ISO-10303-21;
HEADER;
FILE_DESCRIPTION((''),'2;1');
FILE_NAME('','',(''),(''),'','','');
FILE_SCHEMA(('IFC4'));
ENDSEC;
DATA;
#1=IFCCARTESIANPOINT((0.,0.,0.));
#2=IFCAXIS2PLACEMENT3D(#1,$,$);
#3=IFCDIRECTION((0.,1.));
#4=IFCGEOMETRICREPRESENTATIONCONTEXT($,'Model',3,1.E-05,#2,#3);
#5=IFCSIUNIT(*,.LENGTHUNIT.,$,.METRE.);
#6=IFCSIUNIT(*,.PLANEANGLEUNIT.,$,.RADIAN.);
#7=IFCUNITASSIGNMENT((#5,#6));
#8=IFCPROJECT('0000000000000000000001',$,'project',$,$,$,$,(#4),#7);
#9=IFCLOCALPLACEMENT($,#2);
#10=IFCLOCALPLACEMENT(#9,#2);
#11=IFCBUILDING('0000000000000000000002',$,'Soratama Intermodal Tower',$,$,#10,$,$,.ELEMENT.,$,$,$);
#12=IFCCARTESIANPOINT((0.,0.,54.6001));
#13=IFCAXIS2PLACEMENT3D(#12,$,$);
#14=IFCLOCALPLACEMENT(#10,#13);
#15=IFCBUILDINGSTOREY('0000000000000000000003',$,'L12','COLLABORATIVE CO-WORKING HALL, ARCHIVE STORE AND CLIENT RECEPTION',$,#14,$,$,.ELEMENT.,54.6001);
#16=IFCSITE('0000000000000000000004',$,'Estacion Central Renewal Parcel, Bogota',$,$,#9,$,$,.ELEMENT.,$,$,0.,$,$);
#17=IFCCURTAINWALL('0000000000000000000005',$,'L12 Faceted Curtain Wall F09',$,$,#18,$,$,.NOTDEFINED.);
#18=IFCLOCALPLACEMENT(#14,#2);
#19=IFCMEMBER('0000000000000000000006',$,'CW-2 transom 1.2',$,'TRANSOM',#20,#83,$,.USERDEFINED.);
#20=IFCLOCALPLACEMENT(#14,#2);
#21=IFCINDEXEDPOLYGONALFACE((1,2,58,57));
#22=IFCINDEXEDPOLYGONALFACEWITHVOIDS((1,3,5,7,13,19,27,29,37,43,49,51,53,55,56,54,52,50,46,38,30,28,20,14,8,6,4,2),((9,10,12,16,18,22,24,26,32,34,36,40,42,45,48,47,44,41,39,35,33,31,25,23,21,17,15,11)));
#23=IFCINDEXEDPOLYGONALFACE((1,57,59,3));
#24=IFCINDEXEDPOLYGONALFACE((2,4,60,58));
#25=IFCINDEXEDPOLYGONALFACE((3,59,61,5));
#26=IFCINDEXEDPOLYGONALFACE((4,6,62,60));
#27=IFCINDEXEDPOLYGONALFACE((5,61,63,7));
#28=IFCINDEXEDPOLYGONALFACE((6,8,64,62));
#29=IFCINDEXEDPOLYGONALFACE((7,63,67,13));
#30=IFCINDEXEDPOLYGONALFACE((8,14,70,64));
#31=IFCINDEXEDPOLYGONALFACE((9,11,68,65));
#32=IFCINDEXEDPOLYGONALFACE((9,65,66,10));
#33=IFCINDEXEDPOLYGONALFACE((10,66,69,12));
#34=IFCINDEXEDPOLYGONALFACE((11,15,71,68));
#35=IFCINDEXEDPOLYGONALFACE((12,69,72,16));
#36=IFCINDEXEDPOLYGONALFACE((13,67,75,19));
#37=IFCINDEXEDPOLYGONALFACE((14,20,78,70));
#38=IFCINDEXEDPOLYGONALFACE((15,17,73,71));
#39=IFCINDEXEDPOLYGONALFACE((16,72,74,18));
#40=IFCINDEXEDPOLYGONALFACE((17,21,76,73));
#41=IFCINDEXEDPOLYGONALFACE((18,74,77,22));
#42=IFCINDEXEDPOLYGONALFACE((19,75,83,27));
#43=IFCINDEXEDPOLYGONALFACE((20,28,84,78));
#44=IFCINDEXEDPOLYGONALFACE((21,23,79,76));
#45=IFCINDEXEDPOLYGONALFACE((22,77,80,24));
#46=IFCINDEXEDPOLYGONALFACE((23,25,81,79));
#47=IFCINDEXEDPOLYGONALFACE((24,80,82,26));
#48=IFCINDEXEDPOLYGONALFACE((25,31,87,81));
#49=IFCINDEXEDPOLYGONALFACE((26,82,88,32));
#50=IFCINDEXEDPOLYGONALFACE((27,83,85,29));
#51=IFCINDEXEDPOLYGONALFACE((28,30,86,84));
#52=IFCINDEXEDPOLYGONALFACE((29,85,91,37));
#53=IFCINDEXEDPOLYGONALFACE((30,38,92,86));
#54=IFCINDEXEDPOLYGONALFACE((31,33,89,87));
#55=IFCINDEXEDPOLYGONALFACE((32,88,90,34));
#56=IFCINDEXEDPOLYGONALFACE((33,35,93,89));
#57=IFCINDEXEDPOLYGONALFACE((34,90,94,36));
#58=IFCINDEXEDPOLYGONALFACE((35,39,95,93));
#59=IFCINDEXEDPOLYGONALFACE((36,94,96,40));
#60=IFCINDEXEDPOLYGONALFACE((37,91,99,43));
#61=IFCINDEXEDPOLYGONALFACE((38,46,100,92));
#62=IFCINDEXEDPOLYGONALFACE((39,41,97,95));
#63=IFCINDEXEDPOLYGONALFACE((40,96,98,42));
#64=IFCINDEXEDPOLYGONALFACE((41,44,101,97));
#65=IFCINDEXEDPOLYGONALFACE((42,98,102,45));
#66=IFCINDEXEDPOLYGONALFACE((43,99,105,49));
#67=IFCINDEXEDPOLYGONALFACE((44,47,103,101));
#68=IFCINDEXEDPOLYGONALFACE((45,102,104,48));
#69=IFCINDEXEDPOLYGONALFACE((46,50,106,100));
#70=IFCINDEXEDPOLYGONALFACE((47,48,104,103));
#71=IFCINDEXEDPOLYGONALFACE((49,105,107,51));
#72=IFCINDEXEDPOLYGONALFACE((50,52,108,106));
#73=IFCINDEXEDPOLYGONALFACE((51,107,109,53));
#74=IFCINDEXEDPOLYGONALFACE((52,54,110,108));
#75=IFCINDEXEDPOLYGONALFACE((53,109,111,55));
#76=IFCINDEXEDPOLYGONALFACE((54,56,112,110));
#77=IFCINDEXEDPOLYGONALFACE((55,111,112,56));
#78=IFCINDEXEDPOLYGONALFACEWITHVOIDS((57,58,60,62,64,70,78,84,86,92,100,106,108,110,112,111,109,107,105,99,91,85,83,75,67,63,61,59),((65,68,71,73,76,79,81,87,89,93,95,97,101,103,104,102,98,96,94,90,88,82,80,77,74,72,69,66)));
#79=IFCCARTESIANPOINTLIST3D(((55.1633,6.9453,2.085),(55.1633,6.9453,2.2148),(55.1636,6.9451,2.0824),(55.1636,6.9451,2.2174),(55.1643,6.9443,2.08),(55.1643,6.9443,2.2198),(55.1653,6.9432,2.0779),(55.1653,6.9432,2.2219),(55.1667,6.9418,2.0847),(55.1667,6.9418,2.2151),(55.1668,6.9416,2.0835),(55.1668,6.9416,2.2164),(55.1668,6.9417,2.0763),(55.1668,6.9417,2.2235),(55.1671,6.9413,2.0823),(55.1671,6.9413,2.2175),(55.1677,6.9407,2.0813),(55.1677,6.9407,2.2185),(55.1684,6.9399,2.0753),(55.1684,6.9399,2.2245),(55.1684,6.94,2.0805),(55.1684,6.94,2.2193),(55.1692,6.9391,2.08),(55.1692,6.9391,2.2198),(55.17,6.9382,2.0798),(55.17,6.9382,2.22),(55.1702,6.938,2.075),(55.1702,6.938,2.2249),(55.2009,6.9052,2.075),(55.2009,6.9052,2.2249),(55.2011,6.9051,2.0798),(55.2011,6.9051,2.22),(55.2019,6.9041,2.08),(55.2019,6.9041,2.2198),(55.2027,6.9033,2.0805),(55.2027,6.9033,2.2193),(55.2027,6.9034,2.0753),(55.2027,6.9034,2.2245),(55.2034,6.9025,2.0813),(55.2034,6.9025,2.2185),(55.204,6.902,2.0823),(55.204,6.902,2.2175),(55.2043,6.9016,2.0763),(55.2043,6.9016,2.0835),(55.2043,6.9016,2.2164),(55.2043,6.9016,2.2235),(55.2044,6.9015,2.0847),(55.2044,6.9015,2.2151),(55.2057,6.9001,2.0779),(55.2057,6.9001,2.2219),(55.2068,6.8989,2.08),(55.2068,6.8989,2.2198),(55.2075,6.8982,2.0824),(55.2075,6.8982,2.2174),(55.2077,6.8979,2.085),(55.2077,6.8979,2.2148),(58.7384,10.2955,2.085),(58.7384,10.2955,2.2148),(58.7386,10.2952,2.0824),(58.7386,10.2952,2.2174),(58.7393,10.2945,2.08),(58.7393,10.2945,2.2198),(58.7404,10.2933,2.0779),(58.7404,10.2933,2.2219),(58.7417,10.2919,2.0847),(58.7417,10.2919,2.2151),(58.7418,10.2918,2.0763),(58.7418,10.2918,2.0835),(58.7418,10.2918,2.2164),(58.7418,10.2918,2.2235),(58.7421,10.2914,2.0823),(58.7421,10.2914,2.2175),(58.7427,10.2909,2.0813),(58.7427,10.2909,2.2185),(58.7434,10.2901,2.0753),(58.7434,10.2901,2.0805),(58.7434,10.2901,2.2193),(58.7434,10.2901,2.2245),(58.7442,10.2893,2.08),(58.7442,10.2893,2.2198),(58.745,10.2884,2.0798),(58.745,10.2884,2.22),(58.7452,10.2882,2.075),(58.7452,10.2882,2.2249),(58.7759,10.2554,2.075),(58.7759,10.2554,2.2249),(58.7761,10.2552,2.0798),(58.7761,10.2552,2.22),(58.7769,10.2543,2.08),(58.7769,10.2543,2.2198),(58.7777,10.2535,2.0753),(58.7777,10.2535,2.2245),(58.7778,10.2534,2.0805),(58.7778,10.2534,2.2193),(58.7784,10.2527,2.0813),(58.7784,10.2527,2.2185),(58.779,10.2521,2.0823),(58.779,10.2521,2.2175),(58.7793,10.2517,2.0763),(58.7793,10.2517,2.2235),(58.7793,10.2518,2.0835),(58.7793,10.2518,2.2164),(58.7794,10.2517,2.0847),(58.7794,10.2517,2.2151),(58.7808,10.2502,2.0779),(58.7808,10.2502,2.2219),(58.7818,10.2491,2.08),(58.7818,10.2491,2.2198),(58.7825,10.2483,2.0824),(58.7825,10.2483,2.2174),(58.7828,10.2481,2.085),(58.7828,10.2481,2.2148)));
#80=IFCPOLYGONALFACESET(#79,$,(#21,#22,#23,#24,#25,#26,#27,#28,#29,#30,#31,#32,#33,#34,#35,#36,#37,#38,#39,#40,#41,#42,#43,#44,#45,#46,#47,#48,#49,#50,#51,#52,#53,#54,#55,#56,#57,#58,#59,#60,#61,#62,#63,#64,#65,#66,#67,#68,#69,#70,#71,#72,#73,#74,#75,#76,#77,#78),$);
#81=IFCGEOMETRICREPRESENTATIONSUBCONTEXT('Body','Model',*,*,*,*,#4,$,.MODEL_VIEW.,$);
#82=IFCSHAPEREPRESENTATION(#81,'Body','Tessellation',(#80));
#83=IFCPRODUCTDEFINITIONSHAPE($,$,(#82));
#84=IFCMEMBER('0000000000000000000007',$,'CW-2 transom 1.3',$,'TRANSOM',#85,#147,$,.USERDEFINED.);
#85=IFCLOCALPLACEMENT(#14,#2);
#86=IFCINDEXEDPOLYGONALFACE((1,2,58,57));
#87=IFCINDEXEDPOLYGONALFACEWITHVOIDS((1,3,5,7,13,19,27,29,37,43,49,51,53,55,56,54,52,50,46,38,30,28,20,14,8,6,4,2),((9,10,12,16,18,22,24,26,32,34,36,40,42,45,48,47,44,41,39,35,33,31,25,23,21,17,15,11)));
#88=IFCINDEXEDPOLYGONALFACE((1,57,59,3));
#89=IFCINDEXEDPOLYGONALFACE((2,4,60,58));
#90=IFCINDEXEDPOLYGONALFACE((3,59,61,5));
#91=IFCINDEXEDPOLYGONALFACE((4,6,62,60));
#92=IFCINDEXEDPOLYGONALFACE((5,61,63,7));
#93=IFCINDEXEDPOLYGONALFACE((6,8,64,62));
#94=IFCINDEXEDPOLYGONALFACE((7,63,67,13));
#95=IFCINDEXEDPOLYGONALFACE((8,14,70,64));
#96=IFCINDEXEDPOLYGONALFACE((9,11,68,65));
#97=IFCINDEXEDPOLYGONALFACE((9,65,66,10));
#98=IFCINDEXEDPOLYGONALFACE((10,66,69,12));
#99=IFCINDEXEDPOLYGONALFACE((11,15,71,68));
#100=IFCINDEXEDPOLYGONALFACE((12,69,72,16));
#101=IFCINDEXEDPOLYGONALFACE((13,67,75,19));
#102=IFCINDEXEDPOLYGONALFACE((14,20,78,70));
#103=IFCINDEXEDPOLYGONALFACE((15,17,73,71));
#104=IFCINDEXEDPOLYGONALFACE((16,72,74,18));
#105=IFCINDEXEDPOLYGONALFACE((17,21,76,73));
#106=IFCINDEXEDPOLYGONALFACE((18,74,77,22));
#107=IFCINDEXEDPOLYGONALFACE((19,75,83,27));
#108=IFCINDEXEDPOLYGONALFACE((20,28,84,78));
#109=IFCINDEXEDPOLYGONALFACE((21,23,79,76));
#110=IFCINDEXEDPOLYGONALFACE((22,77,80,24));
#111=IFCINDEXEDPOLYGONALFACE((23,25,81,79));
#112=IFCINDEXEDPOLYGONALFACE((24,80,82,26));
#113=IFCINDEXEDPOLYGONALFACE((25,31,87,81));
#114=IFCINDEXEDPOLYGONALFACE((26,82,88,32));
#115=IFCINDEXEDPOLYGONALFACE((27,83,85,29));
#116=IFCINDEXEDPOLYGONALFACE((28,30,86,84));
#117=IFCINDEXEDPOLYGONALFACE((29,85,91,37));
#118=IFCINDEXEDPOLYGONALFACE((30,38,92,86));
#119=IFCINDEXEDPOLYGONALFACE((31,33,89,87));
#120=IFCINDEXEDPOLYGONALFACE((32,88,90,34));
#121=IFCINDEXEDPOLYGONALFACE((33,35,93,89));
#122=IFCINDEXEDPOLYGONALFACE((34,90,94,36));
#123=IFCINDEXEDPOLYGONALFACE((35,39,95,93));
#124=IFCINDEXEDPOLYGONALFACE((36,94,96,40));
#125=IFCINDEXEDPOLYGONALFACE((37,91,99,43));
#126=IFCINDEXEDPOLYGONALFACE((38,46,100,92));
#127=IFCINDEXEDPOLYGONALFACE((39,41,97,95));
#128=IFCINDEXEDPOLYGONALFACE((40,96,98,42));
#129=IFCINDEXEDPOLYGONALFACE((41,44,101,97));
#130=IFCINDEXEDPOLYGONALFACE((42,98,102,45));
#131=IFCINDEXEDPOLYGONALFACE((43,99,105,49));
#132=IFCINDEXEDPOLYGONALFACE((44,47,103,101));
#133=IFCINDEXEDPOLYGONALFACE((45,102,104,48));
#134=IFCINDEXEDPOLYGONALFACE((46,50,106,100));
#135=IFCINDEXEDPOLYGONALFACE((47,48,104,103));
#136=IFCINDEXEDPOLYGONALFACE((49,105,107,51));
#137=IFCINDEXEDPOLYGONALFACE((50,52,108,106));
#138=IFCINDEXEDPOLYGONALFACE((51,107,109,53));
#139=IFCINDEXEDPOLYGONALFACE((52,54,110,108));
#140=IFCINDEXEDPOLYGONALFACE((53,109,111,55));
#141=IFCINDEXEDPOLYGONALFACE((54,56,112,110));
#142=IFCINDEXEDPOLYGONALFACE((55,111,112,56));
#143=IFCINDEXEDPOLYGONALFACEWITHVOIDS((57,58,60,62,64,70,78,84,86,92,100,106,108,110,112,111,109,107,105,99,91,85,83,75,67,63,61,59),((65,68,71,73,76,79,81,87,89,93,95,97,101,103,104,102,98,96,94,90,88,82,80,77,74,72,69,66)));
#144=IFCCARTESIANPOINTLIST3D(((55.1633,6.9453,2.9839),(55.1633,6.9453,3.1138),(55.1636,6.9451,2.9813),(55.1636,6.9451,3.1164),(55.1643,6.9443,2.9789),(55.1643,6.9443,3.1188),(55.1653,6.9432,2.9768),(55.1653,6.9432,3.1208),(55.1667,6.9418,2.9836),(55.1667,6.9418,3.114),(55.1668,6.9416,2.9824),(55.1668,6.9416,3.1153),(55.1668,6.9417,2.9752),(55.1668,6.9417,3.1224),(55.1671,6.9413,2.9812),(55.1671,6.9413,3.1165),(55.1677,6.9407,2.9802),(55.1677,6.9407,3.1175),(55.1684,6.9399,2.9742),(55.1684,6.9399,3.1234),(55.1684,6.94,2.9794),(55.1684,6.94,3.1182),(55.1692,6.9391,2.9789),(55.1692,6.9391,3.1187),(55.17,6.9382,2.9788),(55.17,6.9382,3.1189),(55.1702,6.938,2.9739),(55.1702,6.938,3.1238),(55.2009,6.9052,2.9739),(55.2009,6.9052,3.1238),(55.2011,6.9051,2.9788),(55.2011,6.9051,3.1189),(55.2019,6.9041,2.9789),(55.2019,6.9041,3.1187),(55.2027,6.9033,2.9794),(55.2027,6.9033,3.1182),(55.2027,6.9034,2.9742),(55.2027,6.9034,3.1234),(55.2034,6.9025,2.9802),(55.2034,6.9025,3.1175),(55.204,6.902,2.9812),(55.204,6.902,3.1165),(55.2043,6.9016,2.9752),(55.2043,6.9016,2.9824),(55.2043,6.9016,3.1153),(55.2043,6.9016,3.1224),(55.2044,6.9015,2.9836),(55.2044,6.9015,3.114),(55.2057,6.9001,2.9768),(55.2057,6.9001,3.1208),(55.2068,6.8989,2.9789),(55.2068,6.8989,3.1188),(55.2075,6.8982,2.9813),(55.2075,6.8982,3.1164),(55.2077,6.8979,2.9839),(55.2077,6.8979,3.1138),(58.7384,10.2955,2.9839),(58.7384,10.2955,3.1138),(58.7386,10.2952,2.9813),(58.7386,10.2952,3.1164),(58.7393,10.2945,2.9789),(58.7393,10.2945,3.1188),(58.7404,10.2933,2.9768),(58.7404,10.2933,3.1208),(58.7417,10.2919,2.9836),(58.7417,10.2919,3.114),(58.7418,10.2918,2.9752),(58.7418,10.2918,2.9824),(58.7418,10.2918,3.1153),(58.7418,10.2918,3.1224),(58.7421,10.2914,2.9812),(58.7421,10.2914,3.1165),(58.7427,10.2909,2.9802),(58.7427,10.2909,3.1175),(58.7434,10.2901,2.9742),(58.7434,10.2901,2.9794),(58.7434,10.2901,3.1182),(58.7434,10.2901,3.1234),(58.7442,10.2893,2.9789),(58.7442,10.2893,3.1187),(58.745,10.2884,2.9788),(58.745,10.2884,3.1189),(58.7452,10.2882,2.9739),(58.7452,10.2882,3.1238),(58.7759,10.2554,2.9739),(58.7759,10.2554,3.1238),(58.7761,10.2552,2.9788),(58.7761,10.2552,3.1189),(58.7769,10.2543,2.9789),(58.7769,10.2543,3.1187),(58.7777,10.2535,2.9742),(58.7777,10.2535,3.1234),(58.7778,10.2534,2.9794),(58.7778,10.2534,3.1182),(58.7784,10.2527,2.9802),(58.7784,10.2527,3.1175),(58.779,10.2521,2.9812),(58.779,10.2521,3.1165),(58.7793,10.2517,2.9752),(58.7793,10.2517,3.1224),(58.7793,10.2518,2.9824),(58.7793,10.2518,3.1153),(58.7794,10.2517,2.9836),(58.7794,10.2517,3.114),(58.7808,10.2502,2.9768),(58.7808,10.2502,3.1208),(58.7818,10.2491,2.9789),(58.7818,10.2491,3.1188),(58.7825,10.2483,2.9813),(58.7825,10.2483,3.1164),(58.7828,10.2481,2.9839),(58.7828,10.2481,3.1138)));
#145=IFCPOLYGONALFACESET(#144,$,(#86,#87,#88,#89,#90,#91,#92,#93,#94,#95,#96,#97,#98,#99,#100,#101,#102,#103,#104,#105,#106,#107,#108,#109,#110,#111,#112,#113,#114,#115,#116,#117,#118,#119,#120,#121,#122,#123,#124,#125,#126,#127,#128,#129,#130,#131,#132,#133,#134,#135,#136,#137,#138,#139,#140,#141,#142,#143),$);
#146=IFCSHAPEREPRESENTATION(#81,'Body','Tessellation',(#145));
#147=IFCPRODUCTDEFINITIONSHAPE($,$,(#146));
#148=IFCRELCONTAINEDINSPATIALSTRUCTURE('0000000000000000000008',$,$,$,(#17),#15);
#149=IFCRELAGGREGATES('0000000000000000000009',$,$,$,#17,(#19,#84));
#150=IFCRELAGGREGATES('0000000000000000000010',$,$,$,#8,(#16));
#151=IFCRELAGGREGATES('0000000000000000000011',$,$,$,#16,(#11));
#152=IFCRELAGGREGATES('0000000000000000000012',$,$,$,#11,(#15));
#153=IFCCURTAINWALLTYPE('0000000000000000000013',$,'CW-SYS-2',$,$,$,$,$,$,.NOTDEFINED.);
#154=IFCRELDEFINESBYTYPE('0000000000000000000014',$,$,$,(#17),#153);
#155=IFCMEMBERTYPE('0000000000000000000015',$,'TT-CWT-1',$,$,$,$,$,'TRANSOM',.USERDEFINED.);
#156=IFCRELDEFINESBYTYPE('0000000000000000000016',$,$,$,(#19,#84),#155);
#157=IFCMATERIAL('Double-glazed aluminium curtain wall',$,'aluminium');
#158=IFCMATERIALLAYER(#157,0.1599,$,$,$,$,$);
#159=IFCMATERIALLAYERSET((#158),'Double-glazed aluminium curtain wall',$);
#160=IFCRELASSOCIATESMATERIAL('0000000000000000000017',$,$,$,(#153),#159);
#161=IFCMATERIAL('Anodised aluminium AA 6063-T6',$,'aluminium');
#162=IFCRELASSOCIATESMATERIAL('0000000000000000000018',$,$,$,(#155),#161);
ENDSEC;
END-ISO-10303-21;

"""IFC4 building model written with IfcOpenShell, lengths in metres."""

from ifc_helpers import new_model, si_unit, direction, frame, origin, origin_2d, place, context, subcontext, project, spatial, hollow_rectangle, extrude, material, layer, layer_set, material_profile, profile_set, type_object, element, aggregate, save


model = new_model("IFC4")

# Units and contexts
model_context = context("Model", 3, precision=1e-05, world=origin(), true_north=direction((0.0, 1.0)))
body_context = subcontext(model_context, "Body", "Model", "MODEL_VIEW")
ifc_project = project(units=[si_unit("LENGTHUNIT", "METRE"), si_unit("PLANEANGLEUNIT", "RADIAN")], contexts=[model_context])

# Site, building, storey
site_placement = place(None, origin())
site = spatial("IfcSite", under=ifc_project, at=site_placement, Name="Estacion Central Renewal Parcel, Bogota", CompositionType="ELEMENT", RefElevation=0.0)
building_placement = place(site_placement, origin())
building = spatial("IfcBuilding", under=site, at=building_placement, Name="Soratama Intermodal Tower", CompositionType="ELEMENT")
storey_placement = place(building_placement, frame((0.0, 0.0, 54.6001)))
storey = spatial("IfcBuildingStorey", under=building, at=storey_placement, Name="L12", Description="COLLABORATIVE CO-WORKING HALL, ARCHIVE STORE AND CLIENT RECEPTION", CompositionType="ELEMENT", Elevation=54.6001)

# Curtain wall, members
ifc_material_1 = material(Name="Double-glazed aluminium curtain wall", Category="aluminium")
ifc_layer_1 = layer(ifc_material_1, 0.1599)
ifc_layer_set_1 = layer_set([ifc_layer_1], Name="Double-glazed aluminium curtain wall")
curtain_wall_type = type_object("IfcCurtainWallType", Name="CW-SYS-2", PredefinedType="NOTDEFINED", material=ifc_layer_set_1)
curtain_wall_placement = place(storey_placement, origin())
curtain_wall = element("IfcCurtainWall", 1, at=curtain_wall_placement, inside=storey, type_object=curtain_wall_type, Name="L12 Faceted Curtain Wall F09", PredefinedType="NOTDEFINED")
ifc_material_2 = material(Name="Anodised aluminium AA 6063-T6", Category="aluminium")
ifc_material_profile_1 = material_profile(ifc_material_2, hollow_rectangle(XDim=0.0649, YDim=0.1499, WallThickness=0.0049, InnerFilletRadius=0.0049, OuterFilletRadius=0.01, at=origin_2d()), Name="CWT150X65X5")
ifc_profile_set_1 = profile_set([ifc_material_profile_1], Name="Anodised aluminium AA 6063-T6")
member_type_1 = type_object("IfcMemberType", Name="TT-CWT-1", ElementType="TRANSOM", PredefinedType="USERDEFINED", material=ifc_profile_set_1)
member_1_placement = place(storey_placement, frame((55.1855, 6.9216, 2.1499), z_axis=(0.729682, 0.683787, 0.0), x_axis=(-0.683787, 0.729682, 0.0)))
member_1 = element("IfcMember", 2, at=member_1_placement, type_object=member_type_1, Name="CW-2 transom 1.2", ObjectType="TRANSOM", PredefinedType="USERDEFINED", context=body_context, shape_type="SweptSolid", body=[
    extrude(hollow_rectangle(XDim=0.0649, YDim=0.1499, WallThickness=0.0049, InnerFilletRadius=0.0049, OuterFilletRadius=0.01, at=origin_2d()), origin(), (0.0, 0.0, 1.0), 4.8994),
])
member_2_placement = place(storey_placement, frame((55.1855, 6.9216, 3.0488), z_axis=(0.729682, 0.683787, 0.0), x_axis=(-0.683787, 0.729682, 0.0)))
member_2 = element("IfcMember", 3, at=member_2_placement, type_object=member_type_1, Name="CW-2 transom 1.3", ObjectType="TRANSOM", PredefinedType="USERDEFINED", context=body_context, shape_type="SweptSolid", body=[
    extrude(hollow_rectangle(XDim=0.0649, YDim=0.1499, WallThickness=0.0049, InnerFilletRadius=0.0049, OuterFilletRadius=0.01, at=origin_2d()), origin(), (0.0, 0.0, 1.0), 4.8994),
])
aggregate(curtain_wall, [member_1, member_2])

save(model, "model.ifc")
